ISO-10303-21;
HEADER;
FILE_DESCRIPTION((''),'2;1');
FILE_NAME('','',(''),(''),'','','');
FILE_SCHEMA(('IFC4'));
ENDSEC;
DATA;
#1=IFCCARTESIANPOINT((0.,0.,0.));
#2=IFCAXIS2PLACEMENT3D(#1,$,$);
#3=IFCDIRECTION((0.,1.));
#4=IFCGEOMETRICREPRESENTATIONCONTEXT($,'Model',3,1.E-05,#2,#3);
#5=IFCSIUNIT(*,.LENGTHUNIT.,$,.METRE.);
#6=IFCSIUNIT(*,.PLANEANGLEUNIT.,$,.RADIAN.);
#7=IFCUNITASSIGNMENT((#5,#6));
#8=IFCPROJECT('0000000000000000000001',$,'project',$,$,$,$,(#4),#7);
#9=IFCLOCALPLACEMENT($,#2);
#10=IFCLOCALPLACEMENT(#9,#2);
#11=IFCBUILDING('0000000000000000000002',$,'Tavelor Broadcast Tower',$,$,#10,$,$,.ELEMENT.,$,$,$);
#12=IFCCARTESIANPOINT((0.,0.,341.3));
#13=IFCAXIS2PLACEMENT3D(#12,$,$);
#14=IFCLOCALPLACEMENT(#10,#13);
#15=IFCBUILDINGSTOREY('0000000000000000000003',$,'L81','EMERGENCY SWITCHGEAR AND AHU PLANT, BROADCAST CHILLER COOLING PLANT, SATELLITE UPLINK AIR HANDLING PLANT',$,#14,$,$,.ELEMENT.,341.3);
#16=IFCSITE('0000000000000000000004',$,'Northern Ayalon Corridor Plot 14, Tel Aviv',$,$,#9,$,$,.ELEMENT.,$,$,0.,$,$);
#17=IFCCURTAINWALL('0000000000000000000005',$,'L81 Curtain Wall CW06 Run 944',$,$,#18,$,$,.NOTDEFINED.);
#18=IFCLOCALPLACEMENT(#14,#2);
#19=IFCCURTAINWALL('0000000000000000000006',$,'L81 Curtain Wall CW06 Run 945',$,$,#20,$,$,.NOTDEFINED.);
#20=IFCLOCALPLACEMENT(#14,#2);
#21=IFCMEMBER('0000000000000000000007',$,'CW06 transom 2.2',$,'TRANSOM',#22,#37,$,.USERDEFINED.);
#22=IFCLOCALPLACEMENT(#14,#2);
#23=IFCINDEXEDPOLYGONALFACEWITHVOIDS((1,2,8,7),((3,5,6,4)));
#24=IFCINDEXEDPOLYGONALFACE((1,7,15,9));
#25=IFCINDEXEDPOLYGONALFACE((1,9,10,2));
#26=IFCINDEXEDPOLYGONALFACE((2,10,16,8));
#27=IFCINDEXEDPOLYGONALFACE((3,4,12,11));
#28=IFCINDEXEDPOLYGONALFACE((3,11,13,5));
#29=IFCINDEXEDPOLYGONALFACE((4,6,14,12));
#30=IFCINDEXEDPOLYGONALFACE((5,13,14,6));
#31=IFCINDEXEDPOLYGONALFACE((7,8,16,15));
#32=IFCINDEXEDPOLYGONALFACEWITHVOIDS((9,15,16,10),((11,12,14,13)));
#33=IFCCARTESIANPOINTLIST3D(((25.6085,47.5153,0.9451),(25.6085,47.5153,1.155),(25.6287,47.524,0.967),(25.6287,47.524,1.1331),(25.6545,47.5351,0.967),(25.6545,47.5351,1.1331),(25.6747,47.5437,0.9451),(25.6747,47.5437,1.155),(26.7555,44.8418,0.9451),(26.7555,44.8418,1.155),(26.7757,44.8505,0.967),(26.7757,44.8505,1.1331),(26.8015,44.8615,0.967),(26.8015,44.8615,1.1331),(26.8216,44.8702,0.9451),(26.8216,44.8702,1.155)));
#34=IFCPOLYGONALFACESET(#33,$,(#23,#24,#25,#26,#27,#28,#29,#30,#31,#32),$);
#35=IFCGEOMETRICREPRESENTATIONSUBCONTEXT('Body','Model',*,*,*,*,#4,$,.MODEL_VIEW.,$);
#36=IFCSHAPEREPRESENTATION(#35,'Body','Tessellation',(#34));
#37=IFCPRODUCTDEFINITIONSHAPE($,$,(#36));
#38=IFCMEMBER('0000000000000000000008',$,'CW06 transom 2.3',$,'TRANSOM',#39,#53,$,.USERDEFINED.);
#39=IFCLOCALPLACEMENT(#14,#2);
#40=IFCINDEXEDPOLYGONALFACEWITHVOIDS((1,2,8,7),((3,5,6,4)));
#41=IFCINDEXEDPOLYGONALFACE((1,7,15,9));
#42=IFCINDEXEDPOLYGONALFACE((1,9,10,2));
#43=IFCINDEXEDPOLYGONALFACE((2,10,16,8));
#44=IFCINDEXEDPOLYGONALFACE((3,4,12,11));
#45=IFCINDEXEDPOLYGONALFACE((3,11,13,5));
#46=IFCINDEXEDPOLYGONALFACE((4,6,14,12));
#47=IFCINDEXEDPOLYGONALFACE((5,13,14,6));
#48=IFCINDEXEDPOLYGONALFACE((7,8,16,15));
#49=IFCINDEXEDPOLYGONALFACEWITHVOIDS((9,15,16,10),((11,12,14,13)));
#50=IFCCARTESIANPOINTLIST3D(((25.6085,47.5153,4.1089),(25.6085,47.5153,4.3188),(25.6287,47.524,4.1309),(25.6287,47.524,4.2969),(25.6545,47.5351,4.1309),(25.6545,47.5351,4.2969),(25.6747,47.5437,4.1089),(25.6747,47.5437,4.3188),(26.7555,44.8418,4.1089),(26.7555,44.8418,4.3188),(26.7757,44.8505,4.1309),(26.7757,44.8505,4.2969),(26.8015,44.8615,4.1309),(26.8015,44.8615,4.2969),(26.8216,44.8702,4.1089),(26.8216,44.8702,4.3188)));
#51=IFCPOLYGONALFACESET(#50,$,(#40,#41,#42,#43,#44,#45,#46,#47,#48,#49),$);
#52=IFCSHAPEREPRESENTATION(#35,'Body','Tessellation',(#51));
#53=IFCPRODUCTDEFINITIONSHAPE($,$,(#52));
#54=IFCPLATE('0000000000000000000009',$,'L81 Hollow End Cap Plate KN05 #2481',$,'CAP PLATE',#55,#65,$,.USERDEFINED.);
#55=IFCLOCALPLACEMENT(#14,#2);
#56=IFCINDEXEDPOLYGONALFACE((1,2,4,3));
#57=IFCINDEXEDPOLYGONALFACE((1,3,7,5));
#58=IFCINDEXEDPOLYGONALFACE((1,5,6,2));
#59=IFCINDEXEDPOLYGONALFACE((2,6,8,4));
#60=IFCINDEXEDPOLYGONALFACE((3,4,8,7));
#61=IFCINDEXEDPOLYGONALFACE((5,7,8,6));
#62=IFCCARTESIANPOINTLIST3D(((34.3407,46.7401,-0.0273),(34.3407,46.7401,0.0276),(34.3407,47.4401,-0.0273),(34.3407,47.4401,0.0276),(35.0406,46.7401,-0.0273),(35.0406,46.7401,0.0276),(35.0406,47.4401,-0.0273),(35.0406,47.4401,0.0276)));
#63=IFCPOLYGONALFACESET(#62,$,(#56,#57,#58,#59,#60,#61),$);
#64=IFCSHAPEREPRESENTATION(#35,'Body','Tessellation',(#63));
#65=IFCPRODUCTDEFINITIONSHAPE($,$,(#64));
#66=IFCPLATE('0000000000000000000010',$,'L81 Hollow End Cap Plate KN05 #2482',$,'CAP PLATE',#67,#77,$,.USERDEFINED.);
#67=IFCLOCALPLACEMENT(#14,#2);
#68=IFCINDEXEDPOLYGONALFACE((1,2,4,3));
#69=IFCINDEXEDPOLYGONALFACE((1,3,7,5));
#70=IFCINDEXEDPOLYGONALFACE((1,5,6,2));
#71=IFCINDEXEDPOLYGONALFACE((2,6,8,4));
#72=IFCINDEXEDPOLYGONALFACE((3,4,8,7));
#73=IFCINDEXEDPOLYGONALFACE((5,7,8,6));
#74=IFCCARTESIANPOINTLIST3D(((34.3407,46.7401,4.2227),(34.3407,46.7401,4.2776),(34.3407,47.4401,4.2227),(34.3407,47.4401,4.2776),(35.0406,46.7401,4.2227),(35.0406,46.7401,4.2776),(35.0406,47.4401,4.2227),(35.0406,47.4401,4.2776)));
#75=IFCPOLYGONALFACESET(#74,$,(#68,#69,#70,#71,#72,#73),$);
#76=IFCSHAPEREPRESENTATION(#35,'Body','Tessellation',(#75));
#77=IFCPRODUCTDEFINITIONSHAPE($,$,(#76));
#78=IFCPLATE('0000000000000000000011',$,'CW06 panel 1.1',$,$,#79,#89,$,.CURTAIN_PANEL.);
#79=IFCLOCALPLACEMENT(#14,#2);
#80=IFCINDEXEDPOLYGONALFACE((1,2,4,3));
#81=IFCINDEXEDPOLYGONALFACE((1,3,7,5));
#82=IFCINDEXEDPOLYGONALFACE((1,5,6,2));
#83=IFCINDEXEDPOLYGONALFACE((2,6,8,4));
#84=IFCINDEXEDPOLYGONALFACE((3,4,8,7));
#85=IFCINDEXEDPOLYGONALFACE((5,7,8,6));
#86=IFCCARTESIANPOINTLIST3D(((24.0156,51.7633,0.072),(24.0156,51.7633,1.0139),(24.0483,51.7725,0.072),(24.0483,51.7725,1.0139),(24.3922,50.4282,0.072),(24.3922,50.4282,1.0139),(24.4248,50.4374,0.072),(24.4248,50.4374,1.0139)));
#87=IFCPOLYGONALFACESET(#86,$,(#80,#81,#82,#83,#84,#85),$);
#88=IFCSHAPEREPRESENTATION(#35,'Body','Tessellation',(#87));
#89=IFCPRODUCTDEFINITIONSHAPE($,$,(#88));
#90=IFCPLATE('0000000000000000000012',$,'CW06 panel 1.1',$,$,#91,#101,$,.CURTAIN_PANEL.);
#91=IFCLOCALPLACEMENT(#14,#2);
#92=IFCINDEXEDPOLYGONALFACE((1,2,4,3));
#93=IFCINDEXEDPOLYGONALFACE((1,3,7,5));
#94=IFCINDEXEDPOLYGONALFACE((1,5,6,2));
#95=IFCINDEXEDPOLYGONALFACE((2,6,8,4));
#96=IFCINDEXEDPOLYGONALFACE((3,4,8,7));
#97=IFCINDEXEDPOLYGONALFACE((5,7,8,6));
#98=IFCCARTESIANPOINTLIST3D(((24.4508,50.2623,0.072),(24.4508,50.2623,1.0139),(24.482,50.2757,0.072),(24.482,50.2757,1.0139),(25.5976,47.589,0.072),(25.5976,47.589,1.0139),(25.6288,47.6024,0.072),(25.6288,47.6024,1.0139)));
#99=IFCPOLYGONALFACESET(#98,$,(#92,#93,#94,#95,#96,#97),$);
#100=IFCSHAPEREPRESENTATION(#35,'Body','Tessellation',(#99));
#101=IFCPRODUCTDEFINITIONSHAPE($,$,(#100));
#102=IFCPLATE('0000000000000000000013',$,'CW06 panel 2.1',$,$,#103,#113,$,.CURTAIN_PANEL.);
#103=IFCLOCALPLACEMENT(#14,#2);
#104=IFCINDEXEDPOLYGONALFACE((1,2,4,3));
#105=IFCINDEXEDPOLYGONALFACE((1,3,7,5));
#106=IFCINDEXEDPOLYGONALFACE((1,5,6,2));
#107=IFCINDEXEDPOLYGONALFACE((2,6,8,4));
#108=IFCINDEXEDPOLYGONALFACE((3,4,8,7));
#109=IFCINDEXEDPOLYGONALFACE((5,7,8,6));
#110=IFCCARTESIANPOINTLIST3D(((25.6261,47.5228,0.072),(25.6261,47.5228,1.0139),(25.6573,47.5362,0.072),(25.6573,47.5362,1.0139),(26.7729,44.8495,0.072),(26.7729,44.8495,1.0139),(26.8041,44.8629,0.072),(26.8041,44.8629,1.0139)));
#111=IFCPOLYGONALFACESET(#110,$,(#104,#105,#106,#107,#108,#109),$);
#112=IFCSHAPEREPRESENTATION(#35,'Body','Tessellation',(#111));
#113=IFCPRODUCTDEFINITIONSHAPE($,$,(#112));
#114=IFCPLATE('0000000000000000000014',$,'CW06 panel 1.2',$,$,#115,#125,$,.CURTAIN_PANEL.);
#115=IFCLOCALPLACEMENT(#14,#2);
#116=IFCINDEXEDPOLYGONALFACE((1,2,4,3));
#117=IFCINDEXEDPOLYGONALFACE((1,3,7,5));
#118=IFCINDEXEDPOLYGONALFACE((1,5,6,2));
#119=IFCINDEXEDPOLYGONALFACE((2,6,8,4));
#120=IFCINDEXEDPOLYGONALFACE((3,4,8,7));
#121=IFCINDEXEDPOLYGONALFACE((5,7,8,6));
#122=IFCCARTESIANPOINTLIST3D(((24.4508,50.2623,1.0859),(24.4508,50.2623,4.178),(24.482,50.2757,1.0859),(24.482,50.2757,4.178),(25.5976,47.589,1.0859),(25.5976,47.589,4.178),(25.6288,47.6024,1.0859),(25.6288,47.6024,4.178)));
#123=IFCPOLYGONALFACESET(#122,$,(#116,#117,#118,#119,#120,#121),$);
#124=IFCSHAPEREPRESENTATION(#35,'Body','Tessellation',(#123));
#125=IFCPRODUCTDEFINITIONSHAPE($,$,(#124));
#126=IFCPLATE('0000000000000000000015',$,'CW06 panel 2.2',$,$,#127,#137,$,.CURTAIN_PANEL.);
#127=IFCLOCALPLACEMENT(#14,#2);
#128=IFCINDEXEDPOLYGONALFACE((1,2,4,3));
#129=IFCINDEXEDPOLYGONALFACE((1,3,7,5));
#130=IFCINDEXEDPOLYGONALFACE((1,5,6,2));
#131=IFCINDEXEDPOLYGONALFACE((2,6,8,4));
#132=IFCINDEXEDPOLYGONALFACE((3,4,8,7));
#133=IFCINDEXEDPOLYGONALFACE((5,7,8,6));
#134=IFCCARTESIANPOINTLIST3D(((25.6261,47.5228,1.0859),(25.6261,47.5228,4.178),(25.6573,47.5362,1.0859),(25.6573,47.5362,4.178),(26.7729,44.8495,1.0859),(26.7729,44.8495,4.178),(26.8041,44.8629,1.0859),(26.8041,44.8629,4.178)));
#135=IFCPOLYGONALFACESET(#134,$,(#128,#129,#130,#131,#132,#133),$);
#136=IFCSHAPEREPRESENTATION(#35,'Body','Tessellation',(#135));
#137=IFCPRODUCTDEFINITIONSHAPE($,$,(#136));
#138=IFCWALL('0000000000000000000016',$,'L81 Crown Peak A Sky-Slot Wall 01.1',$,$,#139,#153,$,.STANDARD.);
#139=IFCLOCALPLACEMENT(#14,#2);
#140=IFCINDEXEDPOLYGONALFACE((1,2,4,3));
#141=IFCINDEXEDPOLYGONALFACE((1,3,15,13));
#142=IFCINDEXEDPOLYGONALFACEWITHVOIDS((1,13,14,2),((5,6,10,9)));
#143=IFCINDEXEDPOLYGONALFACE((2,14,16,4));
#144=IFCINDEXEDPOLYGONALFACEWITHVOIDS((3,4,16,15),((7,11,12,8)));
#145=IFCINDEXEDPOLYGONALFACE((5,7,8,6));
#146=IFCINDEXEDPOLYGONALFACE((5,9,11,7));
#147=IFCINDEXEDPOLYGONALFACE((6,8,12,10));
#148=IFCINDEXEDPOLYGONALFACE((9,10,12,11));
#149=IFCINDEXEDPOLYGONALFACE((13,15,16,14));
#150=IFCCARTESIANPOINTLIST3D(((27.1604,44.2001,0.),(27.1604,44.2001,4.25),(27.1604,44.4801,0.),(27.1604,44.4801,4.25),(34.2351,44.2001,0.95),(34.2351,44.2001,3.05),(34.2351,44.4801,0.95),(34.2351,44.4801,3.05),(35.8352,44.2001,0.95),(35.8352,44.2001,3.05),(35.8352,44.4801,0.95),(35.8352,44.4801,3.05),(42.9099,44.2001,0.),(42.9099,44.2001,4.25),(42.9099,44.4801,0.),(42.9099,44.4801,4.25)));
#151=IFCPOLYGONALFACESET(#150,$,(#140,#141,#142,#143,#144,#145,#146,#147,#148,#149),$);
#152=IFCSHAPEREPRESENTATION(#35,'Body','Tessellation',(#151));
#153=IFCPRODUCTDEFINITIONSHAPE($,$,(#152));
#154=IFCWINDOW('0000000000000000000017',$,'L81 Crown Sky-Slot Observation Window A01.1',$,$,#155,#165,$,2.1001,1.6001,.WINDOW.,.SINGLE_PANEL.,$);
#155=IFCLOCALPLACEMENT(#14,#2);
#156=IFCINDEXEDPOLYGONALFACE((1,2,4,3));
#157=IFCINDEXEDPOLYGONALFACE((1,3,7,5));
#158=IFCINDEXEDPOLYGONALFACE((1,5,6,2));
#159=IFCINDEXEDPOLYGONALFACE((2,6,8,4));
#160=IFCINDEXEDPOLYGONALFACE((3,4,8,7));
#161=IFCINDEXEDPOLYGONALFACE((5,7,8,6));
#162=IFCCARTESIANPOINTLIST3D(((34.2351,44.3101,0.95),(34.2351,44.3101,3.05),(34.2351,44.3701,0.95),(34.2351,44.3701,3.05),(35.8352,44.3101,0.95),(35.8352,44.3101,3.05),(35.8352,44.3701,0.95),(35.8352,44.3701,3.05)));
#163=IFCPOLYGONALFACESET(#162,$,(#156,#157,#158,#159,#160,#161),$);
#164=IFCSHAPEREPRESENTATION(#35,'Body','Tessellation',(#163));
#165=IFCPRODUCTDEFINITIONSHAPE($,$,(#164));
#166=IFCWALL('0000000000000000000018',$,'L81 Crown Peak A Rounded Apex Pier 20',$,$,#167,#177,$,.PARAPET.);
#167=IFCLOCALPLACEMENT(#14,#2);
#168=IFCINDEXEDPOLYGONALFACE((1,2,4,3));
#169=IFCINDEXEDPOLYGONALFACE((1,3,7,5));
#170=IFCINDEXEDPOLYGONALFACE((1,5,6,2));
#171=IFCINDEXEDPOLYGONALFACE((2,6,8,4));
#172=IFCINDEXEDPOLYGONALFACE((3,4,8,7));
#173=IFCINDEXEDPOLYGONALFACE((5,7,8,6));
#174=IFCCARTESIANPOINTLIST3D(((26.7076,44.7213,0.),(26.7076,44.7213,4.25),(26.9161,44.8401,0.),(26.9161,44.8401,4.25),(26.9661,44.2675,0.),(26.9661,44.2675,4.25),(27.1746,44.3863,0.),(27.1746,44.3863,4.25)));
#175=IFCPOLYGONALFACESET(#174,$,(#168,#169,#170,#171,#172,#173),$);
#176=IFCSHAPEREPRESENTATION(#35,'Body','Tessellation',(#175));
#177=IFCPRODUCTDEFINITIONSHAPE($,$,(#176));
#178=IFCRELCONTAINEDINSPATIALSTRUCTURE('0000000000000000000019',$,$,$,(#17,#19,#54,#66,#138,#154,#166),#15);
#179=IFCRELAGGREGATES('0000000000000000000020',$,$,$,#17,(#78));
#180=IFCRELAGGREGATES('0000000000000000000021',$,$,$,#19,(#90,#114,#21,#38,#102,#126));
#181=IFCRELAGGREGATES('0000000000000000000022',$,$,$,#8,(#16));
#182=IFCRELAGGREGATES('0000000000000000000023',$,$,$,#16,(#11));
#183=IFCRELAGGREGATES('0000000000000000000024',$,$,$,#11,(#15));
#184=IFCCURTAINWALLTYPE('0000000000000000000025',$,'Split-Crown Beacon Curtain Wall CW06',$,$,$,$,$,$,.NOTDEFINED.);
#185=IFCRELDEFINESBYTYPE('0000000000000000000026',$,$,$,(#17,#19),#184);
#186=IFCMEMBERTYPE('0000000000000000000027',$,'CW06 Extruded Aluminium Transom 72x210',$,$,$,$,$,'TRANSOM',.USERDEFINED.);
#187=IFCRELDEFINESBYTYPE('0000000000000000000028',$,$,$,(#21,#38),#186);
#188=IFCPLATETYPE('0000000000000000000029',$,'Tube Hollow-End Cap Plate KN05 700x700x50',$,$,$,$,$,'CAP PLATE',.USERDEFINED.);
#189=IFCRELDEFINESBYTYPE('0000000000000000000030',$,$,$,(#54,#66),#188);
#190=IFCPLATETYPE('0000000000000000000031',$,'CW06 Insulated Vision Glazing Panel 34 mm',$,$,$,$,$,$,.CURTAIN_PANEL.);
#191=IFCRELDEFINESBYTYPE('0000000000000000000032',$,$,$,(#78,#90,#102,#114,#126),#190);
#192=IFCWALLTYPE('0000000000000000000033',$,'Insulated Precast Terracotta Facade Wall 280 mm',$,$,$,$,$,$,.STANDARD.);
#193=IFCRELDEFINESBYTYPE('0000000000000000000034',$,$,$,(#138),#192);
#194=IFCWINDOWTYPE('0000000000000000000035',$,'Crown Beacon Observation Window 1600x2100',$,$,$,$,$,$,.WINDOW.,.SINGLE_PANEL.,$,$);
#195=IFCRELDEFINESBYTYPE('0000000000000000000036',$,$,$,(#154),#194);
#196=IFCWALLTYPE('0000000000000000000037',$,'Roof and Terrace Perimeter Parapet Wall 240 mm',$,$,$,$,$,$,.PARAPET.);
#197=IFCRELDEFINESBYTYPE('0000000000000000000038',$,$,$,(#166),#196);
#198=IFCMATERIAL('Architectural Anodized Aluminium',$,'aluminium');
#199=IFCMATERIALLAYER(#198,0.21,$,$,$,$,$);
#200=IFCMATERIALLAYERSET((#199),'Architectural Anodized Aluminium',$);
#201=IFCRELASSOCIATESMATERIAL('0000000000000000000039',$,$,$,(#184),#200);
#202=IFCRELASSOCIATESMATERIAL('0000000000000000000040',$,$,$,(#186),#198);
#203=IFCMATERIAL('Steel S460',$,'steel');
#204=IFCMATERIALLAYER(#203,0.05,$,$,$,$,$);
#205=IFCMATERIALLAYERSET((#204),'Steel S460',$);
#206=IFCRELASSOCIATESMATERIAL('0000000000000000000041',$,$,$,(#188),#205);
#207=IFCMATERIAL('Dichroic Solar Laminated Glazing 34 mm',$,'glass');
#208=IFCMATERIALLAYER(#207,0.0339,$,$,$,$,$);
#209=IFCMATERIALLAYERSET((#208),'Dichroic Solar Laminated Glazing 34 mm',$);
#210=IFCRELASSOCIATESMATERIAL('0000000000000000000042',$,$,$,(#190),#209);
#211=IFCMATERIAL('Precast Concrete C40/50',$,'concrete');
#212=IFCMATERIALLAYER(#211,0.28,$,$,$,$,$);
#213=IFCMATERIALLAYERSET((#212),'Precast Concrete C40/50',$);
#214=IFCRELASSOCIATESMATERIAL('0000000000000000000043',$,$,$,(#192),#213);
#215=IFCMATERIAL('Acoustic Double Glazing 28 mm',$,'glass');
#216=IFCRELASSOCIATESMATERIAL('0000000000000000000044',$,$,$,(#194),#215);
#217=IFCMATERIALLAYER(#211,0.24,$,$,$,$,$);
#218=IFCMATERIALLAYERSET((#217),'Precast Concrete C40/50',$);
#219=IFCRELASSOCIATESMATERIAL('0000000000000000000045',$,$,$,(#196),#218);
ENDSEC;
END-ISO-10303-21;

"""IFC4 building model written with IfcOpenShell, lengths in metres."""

from ifc_helpers import new_model, si_unit, direction, frame, frame_2d, origin, origin_2d, place, context, subcontext, project, spatial, rectangle, hollow_rectangle, extrude, source, transform, mapped, material, layer, layer_set, material_profile, profile_set, type_object, type_shapes, element, fill, aggregate, save


model = new_model("IFC4")

# Units and contexts
model_context = context("Model", 3, precision=1e-05, world=origin(), true_north=direction((0.0, 1.0)))
body_context = subcontext(model_context, "Body", "Model", "MODEL_VIEW")
ifc_project = project(units=[si_unit("LENGTHUNIT", "METRE"), si_unit("PLANEANGLEUNIT", "RADIAN")], contexts=[model_context])

# Site, building, storey
site_placement = place(None, origin())
site = spatial("IfcSite", under=ifc_project, at=site_placement, Name="Northern Ayalon Corridor Plot 14, Tel Aviv", CompositionType="ELEMENT", RefElevation=0.0)
building_placement = place(site_placement, origin())
building = spatial("IfcBuilding", under=site, at=building_placement, Name="Tavelor Broadcast Tower", CompositionType="ELEMENT")
storey_placement = place(building_placement, frame((0.0, 0.0, 341.3)))
storey = spatial("IfcBuildingStorey", under=building, at=storey_placement, Name="L81", Description="EMERGENCY SWITCHGEAR AND AHU PLANT, BROADCAST CHILLER COOLING PLANT, SATELLITE UPLINK AIR HANDLING PLANT", CompositionType="ELEMENT", Elevation=341.3)

# Curtain wall
ifc_material_1 = material(Name="Architectural Anodized Aluminium", Category="aluminium")
ifc_layer_1 = layer(ifc_material_1, 0.21)
ifc_layer_set_1 = layer_set([ifc_layer_1], Name="Architectural Anodized Aluminium")
curtain_wall_type = type_object("IfcCurtainWallType", Name="Split-Crown Beacon Curtain Wall CW06", PredefinedType="NOTDEFINED", material=ifc_layer_set_1)
curtain_wall_1_placement = place(storey_placement, origin())
curtain_wall_1 = element("IfcCurtainWall", 1, at=curtain_wall_1_placement, inside=storey, type_object=curtain_wall_type, Name="L81 Curtain Wall CW06 Run 944", PredefinedType="NOTDEFINED")

# Curtain wall, members
curtain_wall_2_placement = place(storey_placement, origin())
curtain_wall_2 = element("IfcCurtainWall", 2, at=curtain_wall_2_placement, inside=storey, type_object=curtain_wall_type, Name="L81 Curtain Wall CW06 Run 945", PredefinedType="NOTDEFINED")
ifc_material_profile_1 = material_profile(ifc_material_1, hollow_rectangle(XDim=0.072, YDim=0.21, WallThickness=0.022, at=origin_2d()), Name="RHS 72x210x22")
ifc_profile_set_1 = profile_set([ifc_material_profile_1], Name="Architectural Anodized Aluminium")
member_type_1 = type_object("IfcMemberType", Name="CW06 Extruded Aluminium Transom 72x210", ElementType="TRANSOM", PredefinedType="USERDEFINED", material=ifc_profile_set_1)
shared_shape_1 = source(origin(), body_context, "Body", "SweptSolid", [
    extrude(hollow_rectangle(XDim=0.072, YDim=0.21, WallThickness=0.022, at=origin_2d()), origin(), (0.0, 0.0, 1.0), 2.9092),
])
member_1_placement = place(storey_placement, frame((25.6416, 47.5295, 1.05), z_axis=(0.394254, -0.919002, 0.0), x_axis=(0.919002, 0.394254, 0.0)))
member_1 = element("IfcMember", 3, at=member_1_placement, type_object=member_type_1, Name="CW06 transom 2.2", ObjectType="TRANSOM", PredefinedType="USERDEFINED", context=body_context, shape_type="MappedRepresentation", body=[
    mapped(shared_shape_1, transform((0.0, 0.0, 0.0), scale=1.0)),
])
member_2_placement = place(storey_placement, frame((25.6416, 47.5295, 4.2139), z_axis=(0.394254, -0.919002, 0.0), x_axis=(0.919002, 0.394254, 0.0)))
member_2 = element("IfcMember", 4, at=member_2_placement, type_object=member_type_1, Name="CW06 transom 2.3", ObjectType="TRANSOM", PredefinedType="USERDEFINED", context=body_context, shape_type="MappedRepresentation", body=[
    mapped(shared_shape_1, transform((0.0, 0.0, 0.0), scale=1.0)),
])

# Plates
ifc_material_2 = material(Name="Steel S460", Category="steel")
ifc_layer_2 = layer(ifc_material_2, 0.05)
ifc_layer_set_2 = layer_set([ifc_layer_2], Name="Steel S460")
plate_type_1 = type_object("IfcPlateType", Name="Tube Hollow-End Cap Plate KN05 700x700x50", ElementType="CAP PLATE", PredefinedType="USERDEFINED", material=ifc_layer_set_2)
shared_shape_2 = source(origin(), body_context, "Body", "SweptSolid", [
    extrude(rectangle(XDim=0.7, YDim=0.7, at=origin_2d()), origin(), (0.0, 0.0, 1.0), 0.0549),
])
type_shapes(plate_type_1, [shared_shape_2])
for number, where, z_axis, x_axis, name in (
    (5, (34.6907, 47.0901, -0.0273), (0.0, 0.0, 1.0), (1.0, 0.0, 0.0), "L81 Hollow End Cap Plate KN05 #2481"),
    (6, (34.6907, 47.0901, 4.2227), (0.0, 0.0, 1.0), (1.0, 0.0, 0.0), "L81 Hollow End Cap Plate KN05 #2482"),
):
    element("IfcPlate", number, at=place(storey_placement, frame(where, z_axis=z_axis, x_axis=x_axis)), inside=storey, type_object=plate_type_1, Name=name, ObjectType="CAP PLATE", PredefinedType="USERDEFINED", context=body_context, shape_type="MappedRepresentation", body=[
        mapped(shared_shape_2, transform((0.0, 0.0, 0.0), scale=1.0)),
    ])

# Plates
ifc_material_3 = material(Name="Dichroic Solar Laminated Glazing 34 mm", Category="glass")
ifc_layer_3 = layer(ifc_material_3, 0.0339)
ifc_layer_set_3 = layer_set([ifc_layer_3], Name="Dichroic Solar Laminated Glazing 34 mm")
plate_type_2 = type_object("IfcPlateType", Name="CW06 Insulated Vision Glazing Panel 34 mm", PredefinedType="CURTAIN_PANEL", material=ifc_layer_set_3)
shared_shape_3 = source(origin(), body_context, "Body", "SweptSolid", [
    extrude(rectangle(XDim=1.3872, YDim=0.0339, at=origin_2d()), origin(), (0.0, 0.0, 1.0), 0.9419),
])
plate_1_placement = place(storey_placement, frame((24.2202, 51.1003, 0.072), z_axis=(0.0, 0.0, 1.0), x_axis=(0.271468, -0.962447, 0.0)))
plate_1 = element("IfcPlate", 7, at=plate_1_placement, type_object=plate_type_2, Name="CW06 panel 1.1", PredefinedType="CURTAIN_PANEL", context=body_context, shape_type="MappedRepresentation", body=[
    mapped(shared_shape_3, transform((0.0, 0.0, 0.0), scale=1.0)),
])
aggregate(curtain_wall_1, [plate_1])
shared_shape_4 = source(origin(), body_context, "Body", "SweptSolid", [
    extrude(rectangle(XDim=2.9089, YDim=0.0339, at=origin_2d()), origin(), (0.0, 0.0, 1.0), 0.9419),
])
plate_2_placement = place(storey_placement, frame((25.0398, 48.9324, 0.072), z_axis=(0.0, 0.0, 1.0), x_axis=(0.394247, -0.919004, 0.0)))
plate_2 = element("IfcPlate", 8, at=plate_2_placement, type_object=plate_type_2, Name="CW06 panel 1.1", PredefinedType="CURTAIN_PANEL", context=body_context, shape_type="MappedRepresentation", body=[
    mapped(shared_shape_4, transform((0.0, 0.0, 0.0), scale=1.0)),
])
plate_3_placement = place(storey_placement, frame((26.2151, 46.1929, 0.072), z_axis=(0.0, 0.0, 1.0), x_axis=(0.394247, -0.919004, 0.0)))
plate_3 = element("IfcPlate", 9, at=plate_3_placement, type_object=plate_type_2, Name="CW06 panel 2.1", PredefinedType="CURTAIN_PANEL", context=body_context, shape_type="MappedRepresentation", body=[
    mapped(shared_shape_4, transform((0.0, 0.0, 0.0), scale=1.0)),
])
shared_shape_5 = source(origin(), body_context, "Body", "SweptSolid", [
    extrude(rectangle(XDim=2.9089, YDim=0.0339, at=origin_2d()), origin(), (0.0, 0.0, 1.0), 3.092),
])
type_shapes(plate_type_2, [shared_shape_3, shared_shape_4, shared_shape_5])
plate_4_placement = place(storey_placement, frame((25.0398, 48.9324, 1.0859), z_axis=(0.0, 0.0, 1.0), x_axis=(0.394247, -0.919004, 0.0)))
plate_4 = element("IfcPlate", 10, at=plate_4_placement, type_object=plate_type_2, Name="CW06 panel 1.2", PredefinedType="CURTAIN_PANEL", context=body_context, shape_type="MappedRepresentation", body=[
    mapped(shared_shape_5, transform((0.0, 0.0, 0.0), scale=1.0)),
])
plate_5_placement = place(storey_placement, frame((26.2151, 46.1929, 1.0859), z_axis=(0.0, 0.0, 1.0), x_axis=(0.394247, -0.919004, 0.0)))
plate_5 = element("IfcPlate", 11, at=plate_5_placement, type_object=plate_type_2, Name="CW06 panel 2.2", PredefinedType="CURTAIN_PANEL", context=body_context, shape_type="MappedRepresentation", body=[
    mapped(shared_shape_5, transform((0.0, 0.0, 0.0), scale=1.0)),
])
aggregate(curtain_wall_2, [plate_2, plate_4, member_1, member_2, plate_3, plate_5])

# Wall, opening, window
ifc_material_4 = material(Name="Precast Concrete C40/50", Category="concrete")
ifc_layer_4 = layer(ifc_material_4, 0.28)
ifc_layer_set_4 = layer_set([ifc_layer_4], Name="Precast Concrete C40/50")
wall_type_1 = type_object("IfcWallType", Name="Insulated Precast Terracotta Facade Wall 280 mm", PredefinedType="STANDARD", material=ifc_layer_set_4)
wall_1_placement = place(storey_placement, frame((27.1604, 44.3401, 0.0), z_axis=(0.0, 0.0, 1.0), x_axis=(1.0, 0.0, 0.0)))
wall_1 = element("IfcWall", 12, at=wall_1_placement, inside=storey, type_object=wall_type_1, Name="L81 Crown Peak A Sky-Slot Wall 01.1", PredefinedType="STANDARD", context=body_context, shape_type="SweptSolid", body=[
    extrude(rectangle(XDim=15.7495, YDim=0.28, at=frame_2d((7.8748, 0.0))), origin(), (0.0, 0.0, 1.0), 4.25),
])
opening_1_placement = place(wall_1_placement, frame((7.0747, 0.0, 0.95)))
opening_1 = element("IfcOpeningElement", 13, at=opening_1_placement, cuts=wall_1, PredefinedType="OPENING", context=body_context, shape_type="SweptSolid", body=[
    extrude(rectangle(XDim=1.6001, YDim=2.1001, at=frame_2d((0.8, 1.05))), frame((0.0, 0.1499, 0.0), z_axis=(0.0, -1.0, 0.0), x_axis=(1.0, 0.0, 0.0)), (0.0, 0.0, 1.0), 0.3),
])
ifc_material_5 = material(Name="Acoustic Double Glazing 28 mm", Category="glass")
window_type = type_object("IfcWindowType", Name="Crown Beacon Observation Window 1600x2100", PartitioningType="SINGLE_PANEL", PredefinedType="WINDOW", material=ifc_material_5)
window_placement = place(opening_1_placement, origin())
window = element("IfcWindow", 14, at=window_placement, inside=storey, type_object=window_type, Name="L81 Crown Sky-Slot Observation Window A01.1", OverallHeight=2.1001, OverallWidth=1.6001, PartitioningType="SINGLE_PANEL", PredefinedType="WINDOW", context=body_context, shape_type="SweptSolid", body=[
    extrude(rectangle(XDim=1.6001, YDim=2.1001, at=frame_2d((0.8, 1.05))), frame((0.0, 0.03, 0.0), z_axis=(0.0, -1.0, 0.0), x_axis=(1.0, 0.0, 0.0)), (0.0, 0.0, 1.0), 0.0601),
])
fill(opening_1, window)

# Wall
ifc_layer_5 = layer(ifc_material_4, 0.24)
ifc_layer_set_5 = layer_set([ifc_layer_5], Name="Precast Concrete C40/50")
wall_type_2 = type_object("IfcWallType", Name="Roof and Terrace Perimeter Parapet Wall 240 mm", PredefinedType="PARAPET", material=ifc_layer_set_5)
wall_2_placement = place(storey_placement, frame((26.8118, 44.7808, 0.0), z_axis=(0.0, 0.0, 1.0), x_axis=(0.494981, -0.868904, 0.0)))
element("IfcWall", 15, at=wall_2_placement, inside=storey, type_object=wall_type_2, Name="L81 Crown Peak A Rounded Apex Pier 20", PredefinedType="PARAPET", context=body_context, shape_type="SweptSolid", body=[
    extrude(rectangle(XDim=0.5222, YDim=0.24, at=frame_2d((0.2612, 0.0))), origin(), (0.0, 0.0, 1.0), 4.25),
])

save(model, "model.ifc")
